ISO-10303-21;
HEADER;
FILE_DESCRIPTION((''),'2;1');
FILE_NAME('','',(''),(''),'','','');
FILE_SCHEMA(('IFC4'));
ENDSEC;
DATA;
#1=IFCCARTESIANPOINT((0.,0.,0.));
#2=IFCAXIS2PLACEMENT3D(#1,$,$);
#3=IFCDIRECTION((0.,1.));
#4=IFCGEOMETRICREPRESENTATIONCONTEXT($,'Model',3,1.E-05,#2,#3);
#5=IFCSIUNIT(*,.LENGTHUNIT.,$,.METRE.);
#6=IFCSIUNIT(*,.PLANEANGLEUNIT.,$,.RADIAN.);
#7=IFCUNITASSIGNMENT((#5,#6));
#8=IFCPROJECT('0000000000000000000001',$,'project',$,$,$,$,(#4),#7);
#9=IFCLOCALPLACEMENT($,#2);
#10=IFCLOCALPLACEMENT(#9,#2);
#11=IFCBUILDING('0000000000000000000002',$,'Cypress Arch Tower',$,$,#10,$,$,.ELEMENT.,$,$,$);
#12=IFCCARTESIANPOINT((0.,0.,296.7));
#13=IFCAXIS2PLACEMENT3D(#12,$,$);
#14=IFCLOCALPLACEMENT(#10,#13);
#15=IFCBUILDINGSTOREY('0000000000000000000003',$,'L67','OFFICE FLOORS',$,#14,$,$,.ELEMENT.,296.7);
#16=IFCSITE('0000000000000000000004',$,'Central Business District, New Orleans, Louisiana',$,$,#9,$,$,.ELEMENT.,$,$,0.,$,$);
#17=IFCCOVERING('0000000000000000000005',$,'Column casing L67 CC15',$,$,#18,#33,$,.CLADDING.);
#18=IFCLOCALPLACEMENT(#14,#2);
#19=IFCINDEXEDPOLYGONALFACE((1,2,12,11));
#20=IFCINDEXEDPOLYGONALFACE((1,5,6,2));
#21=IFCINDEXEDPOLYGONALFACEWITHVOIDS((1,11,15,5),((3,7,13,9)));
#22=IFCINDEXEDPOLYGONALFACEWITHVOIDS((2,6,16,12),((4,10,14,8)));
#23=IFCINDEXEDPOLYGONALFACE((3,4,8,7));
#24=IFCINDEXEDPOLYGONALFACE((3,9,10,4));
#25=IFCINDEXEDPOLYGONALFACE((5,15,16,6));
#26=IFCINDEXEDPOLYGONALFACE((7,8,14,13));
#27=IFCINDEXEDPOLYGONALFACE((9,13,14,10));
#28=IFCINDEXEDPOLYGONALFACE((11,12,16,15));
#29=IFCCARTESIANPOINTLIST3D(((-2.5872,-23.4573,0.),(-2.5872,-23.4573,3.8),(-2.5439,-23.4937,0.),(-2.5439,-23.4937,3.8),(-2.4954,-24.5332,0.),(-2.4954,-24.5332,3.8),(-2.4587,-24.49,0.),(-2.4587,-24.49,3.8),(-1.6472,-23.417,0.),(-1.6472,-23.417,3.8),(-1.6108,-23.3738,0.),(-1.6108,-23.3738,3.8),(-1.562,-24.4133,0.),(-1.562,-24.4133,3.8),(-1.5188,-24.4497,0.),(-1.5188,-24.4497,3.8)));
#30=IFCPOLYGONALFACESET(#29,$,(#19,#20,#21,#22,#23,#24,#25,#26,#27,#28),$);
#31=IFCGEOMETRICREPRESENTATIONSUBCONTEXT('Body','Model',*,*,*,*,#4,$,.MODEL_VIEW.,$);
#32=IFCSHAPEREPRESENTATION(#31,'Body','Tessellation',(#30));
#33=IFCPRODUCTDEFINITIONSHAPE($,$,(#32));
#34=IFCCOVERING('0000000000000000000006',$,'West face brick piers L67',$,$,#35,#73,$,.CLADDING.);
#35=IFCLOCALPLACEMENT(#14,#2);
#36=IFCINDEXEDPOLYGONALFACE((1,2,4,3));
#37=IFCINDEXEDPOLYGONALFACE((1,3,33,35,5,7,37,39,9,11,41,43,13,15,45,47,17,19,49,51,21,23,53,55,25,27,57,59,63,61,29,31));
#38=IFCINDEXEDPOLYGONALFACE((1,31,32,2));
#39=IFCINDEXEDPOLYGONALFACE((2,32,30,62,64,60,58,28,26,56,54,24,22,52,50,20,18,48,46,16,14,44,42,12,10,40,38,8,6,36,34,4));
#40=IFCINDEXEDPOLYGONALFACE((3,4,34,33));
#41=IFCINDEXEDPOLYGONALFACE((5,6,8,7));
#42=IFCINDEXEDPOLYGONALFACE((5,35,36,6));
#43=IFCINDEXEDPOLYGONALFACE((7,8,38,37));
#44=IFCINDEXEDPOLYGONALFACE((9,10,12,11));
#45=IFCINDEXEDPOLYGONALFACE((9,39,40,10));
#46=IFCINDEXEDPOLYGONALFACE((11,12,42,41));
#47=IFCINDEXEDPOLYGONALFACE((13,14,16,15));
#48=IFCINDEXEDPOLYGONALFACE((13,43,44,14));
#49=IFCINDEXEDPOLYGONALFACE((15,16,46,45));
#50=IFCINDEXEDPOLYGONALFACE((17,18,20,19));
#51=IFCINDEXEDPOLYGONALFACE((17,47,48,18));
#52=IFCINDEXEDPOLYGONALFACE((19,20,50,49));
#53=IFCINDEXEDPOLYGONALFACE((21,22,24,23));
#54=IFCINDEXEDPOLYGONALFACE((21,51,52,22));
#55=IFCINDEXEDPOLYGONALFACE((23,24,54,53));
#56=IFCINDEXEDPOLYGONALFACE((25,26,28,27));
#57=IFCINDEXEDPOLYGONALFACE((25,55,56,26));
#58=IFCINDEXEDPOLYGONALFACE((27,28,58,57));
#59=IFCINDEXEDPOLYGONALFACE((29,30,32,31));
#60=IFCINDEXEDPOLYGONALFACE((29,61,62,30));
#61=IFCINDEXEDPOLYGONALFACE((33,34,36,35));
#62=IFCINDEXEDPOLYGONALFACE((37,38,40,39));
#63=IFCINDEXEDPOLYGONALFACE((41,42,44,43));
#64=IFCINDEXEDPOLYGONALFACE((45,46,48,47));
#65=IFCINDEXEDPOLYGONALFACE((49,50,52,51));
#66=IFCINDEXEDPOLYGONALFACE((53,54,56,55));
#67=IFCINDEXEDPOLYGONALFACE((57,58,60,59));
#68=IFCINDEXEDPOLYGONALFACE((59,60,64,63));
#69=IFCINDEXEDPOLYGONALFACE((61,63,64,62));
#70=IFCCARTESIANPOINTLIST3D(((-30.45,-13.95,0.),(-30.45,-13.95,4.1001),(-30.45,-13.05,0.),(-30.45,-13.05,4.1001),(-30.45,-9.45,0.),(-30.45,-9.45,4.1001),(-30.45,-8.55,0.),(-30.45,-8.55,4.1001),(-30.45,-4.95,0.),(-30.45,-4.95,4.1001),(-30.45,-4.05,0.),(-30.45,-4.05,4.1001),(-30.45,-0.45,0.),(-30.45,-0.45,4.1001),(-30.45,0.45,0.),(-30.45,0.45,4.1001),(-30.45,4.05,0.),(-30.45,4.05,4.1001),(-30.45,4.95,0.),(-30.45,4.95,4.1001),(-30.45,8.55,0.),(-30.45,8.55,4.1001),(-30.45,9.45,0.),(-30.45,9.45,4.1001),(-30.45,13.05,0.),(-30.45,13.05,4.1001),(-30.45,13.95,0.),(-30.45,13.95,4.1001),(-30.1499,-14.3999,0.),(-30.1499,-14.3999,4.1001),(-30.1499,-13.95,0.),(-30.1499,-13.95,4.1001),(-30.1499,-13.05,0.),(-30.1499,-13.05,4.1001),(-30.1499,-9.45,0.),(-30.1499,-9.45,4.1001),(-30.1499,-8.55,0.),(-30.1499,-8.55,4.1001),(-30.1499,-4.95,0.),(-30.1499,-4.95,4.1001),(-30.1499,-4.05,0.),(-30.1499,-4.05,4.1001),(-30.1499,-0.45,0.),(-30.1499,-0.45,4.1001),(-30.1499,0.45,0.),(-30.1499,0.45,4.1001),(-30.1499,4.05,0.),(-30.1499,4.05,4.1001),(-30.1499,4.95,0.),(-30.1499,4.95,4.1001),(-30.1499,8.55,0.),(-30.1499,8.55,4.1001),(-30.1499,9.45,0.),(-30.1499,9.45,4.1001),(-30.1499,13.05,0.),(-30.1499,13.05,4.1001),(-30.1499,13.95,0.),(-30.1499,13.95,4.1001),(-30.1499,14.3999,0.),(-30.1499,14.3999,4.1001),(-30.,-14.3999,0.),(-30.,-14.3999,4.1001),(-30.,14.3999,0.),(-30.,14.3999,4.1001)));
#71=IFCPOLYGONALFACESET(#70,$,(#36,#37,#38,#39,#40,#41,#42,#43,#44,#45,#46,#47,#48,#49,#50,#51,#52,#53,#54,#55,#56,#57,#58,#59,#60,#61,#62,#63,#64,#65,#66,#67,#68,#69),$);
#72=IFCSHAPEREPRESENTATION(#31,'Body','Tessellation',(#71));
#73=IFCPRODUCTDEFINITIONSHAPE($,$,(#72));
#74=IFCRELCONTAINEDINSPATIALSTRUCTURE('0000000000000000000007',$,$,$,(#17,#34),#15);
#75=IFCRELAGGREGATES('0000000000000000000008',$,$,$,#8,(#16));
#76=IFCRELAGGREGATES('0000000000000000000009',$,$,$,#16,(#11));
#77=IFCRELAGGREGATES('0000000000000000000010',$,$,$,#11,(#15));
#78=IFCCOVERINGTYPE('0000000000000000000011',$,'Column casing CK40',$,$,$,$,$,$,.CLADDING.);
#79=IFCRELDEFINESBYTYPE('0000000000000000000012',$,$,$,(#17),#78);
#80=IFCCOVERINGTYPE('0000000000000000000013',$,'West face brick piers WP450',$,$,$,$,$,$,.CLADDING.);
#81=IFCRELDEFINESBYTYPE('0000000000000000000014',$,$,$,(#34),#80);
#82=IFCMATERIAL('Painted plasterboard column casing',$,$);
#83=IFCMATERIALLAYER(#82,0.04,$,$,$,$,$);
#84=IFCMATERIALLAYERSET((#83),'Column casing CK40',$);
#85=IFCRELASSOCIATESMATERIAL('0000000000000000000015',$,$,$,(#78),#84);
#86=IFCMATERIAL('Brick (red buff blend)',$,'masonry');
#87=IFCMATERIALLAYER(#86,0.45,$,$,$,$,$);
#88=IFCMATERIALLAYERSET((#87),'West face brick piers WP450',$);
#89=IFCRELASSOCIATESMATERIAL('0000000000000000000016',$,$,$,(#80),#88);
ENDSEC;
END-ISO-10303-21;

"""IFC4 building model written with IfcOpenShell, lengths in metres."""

from ifc_helpers import new_model, si_unit, direction, frame, origin, place, context, subcontext, project, spatial, polyline, outline, extrude, material, layer, layer_set, type_object, element, save


model = new_model("IFC4")

# Units and contexts
model_context = context("Model", 3, precision=1e-05, world=origin(), true_north=direction((0.0, 1.0)))
body_context = subcontext(model_context, "Body", "Model", "MODEL_VIEW")
ifc_project = project(units=[si_unit("LENGTHUNIT", "METRE"), si_unit("PLANEANGLEUNIT", "RADIAN")], contexts=[model_context])

# Site, building, storey
site_placement = place(None, origin())
site = spatial("IfcSite", under=ifc_project, at=site_placement, Name="Central Business District, New Orleans, Louisiana", CompositionType="ELEMENT", RefElevation=0.0)
building_placement = place(site_placement, origin())
building = spatial("IfcBuilding", under=site, at=building_placement, Name="Cypress Arch Tower", CompositionType="ELEMENT")
storey_placement = place(building_placement, frame((0.0, 0.0, 296.7)))
storey = spatial("IfcBuildingStorey", under=building, at=storey_placement, Name="L67", Description="OFFICE FLOORS", CompositionType="ELEMENT", Elevation=296.7)

# Coverings
ifc_material_1 = material(Name="Painted plasterboard column casing")
ifc_layer_1 = layer(ifc_material_1, 0.04)
ifc_layer_set_1 = layer_set([ifc_layer_1], Name="Column casing CK40")
covering_type_1 = type_object("IfcCoveringType", Name="Column casing CK40", PredefinedType="CLADDING", material=ifc_layer_set_1)
covering_1_placement = place(storey_placement, origin())
element("IfcCovering", 1, at=covering_1_placement, inside=storey, type_object=covering_type_1, Name="Column casing L67 CC15", PredefinedType="CLADDING", context=body_context, shape_type="SweptSolid", body=[
    extrude(outline(polyline([(-2.4954, -24.5332), (-2.5872, -23.4573), (-1.6108, -23.3738), (-1.5188, -24.4497), (-2.4954, -24.5332)]), holes=[polyline([(-2.4587, -24.49), (-1.562, -24.4133), (-1.6472, -23.417), (-2.5439, -23.4937), (-2.4587, -24.49)])]), origin(), (0.0, 0.0, 1.0), 3.8),
])
ifc_material_2 = material(Name="Brick (red buff blend)", Category="masonry")
ifc_layer_2 = layer(ifc_material_2, 0.45)
ifc_layer_set_2 = layer_set([ifc_layer_2], Name="West face brick piers WP450")
covering_type_2 = type_object("IfcCoveringType", Name="West face brick piers WP450", PredefinedType="CLADDING", material=ifc_layer_set_2)
covering_2_placement = place(storey_placement, origin())
element("IfcCovering", 2, at=covering_2_placement, inside=storey, type_object=covering_type_2, Name="West face brick piers L67", PredefinedType="CLADDING", context=body_context, shape_type="SweptSolid", body=[
    extrude(outline(polyline([(-30.1499, -13.05), (-30.1499, -9.45), (-30.45, -9.45), (-30.45, -8.55), (-30.1499, -8.55), (-30.1499, -4.95), (-30.45, -4.95), (-30.45, -4.05), (-30.1499, -4.05), (-30.1499, -0.45), (-30.45, -0.45), (-30.45, 0.45), (-30.1499, 0.45), (-30.1499, 4.05), (-30.45, 4.05), (-30.45, 4.95), (-30.1499, 4.95), (-30.1499, 8.55), (-30.45, 8.55), (-30.45, 9.45), (-30.1499, 9.45), (-30.1499, 13.05), (-30.45, 13.05), (-30.45, 13.95), (-30.1499, 13.95), (-30.1499, 14.3999), (-30.0, 14.3999), (-30.0, -14.3999), (-30.1499, -14.3999), (-30.1499, -13.95), (-30.45, -13.95), (-30.45, -13.05), (-30.1499, -13.05)])), origin(), (0.0, 0.0, 1.0), 4.1001),
])

save(model, "model.ifc")
